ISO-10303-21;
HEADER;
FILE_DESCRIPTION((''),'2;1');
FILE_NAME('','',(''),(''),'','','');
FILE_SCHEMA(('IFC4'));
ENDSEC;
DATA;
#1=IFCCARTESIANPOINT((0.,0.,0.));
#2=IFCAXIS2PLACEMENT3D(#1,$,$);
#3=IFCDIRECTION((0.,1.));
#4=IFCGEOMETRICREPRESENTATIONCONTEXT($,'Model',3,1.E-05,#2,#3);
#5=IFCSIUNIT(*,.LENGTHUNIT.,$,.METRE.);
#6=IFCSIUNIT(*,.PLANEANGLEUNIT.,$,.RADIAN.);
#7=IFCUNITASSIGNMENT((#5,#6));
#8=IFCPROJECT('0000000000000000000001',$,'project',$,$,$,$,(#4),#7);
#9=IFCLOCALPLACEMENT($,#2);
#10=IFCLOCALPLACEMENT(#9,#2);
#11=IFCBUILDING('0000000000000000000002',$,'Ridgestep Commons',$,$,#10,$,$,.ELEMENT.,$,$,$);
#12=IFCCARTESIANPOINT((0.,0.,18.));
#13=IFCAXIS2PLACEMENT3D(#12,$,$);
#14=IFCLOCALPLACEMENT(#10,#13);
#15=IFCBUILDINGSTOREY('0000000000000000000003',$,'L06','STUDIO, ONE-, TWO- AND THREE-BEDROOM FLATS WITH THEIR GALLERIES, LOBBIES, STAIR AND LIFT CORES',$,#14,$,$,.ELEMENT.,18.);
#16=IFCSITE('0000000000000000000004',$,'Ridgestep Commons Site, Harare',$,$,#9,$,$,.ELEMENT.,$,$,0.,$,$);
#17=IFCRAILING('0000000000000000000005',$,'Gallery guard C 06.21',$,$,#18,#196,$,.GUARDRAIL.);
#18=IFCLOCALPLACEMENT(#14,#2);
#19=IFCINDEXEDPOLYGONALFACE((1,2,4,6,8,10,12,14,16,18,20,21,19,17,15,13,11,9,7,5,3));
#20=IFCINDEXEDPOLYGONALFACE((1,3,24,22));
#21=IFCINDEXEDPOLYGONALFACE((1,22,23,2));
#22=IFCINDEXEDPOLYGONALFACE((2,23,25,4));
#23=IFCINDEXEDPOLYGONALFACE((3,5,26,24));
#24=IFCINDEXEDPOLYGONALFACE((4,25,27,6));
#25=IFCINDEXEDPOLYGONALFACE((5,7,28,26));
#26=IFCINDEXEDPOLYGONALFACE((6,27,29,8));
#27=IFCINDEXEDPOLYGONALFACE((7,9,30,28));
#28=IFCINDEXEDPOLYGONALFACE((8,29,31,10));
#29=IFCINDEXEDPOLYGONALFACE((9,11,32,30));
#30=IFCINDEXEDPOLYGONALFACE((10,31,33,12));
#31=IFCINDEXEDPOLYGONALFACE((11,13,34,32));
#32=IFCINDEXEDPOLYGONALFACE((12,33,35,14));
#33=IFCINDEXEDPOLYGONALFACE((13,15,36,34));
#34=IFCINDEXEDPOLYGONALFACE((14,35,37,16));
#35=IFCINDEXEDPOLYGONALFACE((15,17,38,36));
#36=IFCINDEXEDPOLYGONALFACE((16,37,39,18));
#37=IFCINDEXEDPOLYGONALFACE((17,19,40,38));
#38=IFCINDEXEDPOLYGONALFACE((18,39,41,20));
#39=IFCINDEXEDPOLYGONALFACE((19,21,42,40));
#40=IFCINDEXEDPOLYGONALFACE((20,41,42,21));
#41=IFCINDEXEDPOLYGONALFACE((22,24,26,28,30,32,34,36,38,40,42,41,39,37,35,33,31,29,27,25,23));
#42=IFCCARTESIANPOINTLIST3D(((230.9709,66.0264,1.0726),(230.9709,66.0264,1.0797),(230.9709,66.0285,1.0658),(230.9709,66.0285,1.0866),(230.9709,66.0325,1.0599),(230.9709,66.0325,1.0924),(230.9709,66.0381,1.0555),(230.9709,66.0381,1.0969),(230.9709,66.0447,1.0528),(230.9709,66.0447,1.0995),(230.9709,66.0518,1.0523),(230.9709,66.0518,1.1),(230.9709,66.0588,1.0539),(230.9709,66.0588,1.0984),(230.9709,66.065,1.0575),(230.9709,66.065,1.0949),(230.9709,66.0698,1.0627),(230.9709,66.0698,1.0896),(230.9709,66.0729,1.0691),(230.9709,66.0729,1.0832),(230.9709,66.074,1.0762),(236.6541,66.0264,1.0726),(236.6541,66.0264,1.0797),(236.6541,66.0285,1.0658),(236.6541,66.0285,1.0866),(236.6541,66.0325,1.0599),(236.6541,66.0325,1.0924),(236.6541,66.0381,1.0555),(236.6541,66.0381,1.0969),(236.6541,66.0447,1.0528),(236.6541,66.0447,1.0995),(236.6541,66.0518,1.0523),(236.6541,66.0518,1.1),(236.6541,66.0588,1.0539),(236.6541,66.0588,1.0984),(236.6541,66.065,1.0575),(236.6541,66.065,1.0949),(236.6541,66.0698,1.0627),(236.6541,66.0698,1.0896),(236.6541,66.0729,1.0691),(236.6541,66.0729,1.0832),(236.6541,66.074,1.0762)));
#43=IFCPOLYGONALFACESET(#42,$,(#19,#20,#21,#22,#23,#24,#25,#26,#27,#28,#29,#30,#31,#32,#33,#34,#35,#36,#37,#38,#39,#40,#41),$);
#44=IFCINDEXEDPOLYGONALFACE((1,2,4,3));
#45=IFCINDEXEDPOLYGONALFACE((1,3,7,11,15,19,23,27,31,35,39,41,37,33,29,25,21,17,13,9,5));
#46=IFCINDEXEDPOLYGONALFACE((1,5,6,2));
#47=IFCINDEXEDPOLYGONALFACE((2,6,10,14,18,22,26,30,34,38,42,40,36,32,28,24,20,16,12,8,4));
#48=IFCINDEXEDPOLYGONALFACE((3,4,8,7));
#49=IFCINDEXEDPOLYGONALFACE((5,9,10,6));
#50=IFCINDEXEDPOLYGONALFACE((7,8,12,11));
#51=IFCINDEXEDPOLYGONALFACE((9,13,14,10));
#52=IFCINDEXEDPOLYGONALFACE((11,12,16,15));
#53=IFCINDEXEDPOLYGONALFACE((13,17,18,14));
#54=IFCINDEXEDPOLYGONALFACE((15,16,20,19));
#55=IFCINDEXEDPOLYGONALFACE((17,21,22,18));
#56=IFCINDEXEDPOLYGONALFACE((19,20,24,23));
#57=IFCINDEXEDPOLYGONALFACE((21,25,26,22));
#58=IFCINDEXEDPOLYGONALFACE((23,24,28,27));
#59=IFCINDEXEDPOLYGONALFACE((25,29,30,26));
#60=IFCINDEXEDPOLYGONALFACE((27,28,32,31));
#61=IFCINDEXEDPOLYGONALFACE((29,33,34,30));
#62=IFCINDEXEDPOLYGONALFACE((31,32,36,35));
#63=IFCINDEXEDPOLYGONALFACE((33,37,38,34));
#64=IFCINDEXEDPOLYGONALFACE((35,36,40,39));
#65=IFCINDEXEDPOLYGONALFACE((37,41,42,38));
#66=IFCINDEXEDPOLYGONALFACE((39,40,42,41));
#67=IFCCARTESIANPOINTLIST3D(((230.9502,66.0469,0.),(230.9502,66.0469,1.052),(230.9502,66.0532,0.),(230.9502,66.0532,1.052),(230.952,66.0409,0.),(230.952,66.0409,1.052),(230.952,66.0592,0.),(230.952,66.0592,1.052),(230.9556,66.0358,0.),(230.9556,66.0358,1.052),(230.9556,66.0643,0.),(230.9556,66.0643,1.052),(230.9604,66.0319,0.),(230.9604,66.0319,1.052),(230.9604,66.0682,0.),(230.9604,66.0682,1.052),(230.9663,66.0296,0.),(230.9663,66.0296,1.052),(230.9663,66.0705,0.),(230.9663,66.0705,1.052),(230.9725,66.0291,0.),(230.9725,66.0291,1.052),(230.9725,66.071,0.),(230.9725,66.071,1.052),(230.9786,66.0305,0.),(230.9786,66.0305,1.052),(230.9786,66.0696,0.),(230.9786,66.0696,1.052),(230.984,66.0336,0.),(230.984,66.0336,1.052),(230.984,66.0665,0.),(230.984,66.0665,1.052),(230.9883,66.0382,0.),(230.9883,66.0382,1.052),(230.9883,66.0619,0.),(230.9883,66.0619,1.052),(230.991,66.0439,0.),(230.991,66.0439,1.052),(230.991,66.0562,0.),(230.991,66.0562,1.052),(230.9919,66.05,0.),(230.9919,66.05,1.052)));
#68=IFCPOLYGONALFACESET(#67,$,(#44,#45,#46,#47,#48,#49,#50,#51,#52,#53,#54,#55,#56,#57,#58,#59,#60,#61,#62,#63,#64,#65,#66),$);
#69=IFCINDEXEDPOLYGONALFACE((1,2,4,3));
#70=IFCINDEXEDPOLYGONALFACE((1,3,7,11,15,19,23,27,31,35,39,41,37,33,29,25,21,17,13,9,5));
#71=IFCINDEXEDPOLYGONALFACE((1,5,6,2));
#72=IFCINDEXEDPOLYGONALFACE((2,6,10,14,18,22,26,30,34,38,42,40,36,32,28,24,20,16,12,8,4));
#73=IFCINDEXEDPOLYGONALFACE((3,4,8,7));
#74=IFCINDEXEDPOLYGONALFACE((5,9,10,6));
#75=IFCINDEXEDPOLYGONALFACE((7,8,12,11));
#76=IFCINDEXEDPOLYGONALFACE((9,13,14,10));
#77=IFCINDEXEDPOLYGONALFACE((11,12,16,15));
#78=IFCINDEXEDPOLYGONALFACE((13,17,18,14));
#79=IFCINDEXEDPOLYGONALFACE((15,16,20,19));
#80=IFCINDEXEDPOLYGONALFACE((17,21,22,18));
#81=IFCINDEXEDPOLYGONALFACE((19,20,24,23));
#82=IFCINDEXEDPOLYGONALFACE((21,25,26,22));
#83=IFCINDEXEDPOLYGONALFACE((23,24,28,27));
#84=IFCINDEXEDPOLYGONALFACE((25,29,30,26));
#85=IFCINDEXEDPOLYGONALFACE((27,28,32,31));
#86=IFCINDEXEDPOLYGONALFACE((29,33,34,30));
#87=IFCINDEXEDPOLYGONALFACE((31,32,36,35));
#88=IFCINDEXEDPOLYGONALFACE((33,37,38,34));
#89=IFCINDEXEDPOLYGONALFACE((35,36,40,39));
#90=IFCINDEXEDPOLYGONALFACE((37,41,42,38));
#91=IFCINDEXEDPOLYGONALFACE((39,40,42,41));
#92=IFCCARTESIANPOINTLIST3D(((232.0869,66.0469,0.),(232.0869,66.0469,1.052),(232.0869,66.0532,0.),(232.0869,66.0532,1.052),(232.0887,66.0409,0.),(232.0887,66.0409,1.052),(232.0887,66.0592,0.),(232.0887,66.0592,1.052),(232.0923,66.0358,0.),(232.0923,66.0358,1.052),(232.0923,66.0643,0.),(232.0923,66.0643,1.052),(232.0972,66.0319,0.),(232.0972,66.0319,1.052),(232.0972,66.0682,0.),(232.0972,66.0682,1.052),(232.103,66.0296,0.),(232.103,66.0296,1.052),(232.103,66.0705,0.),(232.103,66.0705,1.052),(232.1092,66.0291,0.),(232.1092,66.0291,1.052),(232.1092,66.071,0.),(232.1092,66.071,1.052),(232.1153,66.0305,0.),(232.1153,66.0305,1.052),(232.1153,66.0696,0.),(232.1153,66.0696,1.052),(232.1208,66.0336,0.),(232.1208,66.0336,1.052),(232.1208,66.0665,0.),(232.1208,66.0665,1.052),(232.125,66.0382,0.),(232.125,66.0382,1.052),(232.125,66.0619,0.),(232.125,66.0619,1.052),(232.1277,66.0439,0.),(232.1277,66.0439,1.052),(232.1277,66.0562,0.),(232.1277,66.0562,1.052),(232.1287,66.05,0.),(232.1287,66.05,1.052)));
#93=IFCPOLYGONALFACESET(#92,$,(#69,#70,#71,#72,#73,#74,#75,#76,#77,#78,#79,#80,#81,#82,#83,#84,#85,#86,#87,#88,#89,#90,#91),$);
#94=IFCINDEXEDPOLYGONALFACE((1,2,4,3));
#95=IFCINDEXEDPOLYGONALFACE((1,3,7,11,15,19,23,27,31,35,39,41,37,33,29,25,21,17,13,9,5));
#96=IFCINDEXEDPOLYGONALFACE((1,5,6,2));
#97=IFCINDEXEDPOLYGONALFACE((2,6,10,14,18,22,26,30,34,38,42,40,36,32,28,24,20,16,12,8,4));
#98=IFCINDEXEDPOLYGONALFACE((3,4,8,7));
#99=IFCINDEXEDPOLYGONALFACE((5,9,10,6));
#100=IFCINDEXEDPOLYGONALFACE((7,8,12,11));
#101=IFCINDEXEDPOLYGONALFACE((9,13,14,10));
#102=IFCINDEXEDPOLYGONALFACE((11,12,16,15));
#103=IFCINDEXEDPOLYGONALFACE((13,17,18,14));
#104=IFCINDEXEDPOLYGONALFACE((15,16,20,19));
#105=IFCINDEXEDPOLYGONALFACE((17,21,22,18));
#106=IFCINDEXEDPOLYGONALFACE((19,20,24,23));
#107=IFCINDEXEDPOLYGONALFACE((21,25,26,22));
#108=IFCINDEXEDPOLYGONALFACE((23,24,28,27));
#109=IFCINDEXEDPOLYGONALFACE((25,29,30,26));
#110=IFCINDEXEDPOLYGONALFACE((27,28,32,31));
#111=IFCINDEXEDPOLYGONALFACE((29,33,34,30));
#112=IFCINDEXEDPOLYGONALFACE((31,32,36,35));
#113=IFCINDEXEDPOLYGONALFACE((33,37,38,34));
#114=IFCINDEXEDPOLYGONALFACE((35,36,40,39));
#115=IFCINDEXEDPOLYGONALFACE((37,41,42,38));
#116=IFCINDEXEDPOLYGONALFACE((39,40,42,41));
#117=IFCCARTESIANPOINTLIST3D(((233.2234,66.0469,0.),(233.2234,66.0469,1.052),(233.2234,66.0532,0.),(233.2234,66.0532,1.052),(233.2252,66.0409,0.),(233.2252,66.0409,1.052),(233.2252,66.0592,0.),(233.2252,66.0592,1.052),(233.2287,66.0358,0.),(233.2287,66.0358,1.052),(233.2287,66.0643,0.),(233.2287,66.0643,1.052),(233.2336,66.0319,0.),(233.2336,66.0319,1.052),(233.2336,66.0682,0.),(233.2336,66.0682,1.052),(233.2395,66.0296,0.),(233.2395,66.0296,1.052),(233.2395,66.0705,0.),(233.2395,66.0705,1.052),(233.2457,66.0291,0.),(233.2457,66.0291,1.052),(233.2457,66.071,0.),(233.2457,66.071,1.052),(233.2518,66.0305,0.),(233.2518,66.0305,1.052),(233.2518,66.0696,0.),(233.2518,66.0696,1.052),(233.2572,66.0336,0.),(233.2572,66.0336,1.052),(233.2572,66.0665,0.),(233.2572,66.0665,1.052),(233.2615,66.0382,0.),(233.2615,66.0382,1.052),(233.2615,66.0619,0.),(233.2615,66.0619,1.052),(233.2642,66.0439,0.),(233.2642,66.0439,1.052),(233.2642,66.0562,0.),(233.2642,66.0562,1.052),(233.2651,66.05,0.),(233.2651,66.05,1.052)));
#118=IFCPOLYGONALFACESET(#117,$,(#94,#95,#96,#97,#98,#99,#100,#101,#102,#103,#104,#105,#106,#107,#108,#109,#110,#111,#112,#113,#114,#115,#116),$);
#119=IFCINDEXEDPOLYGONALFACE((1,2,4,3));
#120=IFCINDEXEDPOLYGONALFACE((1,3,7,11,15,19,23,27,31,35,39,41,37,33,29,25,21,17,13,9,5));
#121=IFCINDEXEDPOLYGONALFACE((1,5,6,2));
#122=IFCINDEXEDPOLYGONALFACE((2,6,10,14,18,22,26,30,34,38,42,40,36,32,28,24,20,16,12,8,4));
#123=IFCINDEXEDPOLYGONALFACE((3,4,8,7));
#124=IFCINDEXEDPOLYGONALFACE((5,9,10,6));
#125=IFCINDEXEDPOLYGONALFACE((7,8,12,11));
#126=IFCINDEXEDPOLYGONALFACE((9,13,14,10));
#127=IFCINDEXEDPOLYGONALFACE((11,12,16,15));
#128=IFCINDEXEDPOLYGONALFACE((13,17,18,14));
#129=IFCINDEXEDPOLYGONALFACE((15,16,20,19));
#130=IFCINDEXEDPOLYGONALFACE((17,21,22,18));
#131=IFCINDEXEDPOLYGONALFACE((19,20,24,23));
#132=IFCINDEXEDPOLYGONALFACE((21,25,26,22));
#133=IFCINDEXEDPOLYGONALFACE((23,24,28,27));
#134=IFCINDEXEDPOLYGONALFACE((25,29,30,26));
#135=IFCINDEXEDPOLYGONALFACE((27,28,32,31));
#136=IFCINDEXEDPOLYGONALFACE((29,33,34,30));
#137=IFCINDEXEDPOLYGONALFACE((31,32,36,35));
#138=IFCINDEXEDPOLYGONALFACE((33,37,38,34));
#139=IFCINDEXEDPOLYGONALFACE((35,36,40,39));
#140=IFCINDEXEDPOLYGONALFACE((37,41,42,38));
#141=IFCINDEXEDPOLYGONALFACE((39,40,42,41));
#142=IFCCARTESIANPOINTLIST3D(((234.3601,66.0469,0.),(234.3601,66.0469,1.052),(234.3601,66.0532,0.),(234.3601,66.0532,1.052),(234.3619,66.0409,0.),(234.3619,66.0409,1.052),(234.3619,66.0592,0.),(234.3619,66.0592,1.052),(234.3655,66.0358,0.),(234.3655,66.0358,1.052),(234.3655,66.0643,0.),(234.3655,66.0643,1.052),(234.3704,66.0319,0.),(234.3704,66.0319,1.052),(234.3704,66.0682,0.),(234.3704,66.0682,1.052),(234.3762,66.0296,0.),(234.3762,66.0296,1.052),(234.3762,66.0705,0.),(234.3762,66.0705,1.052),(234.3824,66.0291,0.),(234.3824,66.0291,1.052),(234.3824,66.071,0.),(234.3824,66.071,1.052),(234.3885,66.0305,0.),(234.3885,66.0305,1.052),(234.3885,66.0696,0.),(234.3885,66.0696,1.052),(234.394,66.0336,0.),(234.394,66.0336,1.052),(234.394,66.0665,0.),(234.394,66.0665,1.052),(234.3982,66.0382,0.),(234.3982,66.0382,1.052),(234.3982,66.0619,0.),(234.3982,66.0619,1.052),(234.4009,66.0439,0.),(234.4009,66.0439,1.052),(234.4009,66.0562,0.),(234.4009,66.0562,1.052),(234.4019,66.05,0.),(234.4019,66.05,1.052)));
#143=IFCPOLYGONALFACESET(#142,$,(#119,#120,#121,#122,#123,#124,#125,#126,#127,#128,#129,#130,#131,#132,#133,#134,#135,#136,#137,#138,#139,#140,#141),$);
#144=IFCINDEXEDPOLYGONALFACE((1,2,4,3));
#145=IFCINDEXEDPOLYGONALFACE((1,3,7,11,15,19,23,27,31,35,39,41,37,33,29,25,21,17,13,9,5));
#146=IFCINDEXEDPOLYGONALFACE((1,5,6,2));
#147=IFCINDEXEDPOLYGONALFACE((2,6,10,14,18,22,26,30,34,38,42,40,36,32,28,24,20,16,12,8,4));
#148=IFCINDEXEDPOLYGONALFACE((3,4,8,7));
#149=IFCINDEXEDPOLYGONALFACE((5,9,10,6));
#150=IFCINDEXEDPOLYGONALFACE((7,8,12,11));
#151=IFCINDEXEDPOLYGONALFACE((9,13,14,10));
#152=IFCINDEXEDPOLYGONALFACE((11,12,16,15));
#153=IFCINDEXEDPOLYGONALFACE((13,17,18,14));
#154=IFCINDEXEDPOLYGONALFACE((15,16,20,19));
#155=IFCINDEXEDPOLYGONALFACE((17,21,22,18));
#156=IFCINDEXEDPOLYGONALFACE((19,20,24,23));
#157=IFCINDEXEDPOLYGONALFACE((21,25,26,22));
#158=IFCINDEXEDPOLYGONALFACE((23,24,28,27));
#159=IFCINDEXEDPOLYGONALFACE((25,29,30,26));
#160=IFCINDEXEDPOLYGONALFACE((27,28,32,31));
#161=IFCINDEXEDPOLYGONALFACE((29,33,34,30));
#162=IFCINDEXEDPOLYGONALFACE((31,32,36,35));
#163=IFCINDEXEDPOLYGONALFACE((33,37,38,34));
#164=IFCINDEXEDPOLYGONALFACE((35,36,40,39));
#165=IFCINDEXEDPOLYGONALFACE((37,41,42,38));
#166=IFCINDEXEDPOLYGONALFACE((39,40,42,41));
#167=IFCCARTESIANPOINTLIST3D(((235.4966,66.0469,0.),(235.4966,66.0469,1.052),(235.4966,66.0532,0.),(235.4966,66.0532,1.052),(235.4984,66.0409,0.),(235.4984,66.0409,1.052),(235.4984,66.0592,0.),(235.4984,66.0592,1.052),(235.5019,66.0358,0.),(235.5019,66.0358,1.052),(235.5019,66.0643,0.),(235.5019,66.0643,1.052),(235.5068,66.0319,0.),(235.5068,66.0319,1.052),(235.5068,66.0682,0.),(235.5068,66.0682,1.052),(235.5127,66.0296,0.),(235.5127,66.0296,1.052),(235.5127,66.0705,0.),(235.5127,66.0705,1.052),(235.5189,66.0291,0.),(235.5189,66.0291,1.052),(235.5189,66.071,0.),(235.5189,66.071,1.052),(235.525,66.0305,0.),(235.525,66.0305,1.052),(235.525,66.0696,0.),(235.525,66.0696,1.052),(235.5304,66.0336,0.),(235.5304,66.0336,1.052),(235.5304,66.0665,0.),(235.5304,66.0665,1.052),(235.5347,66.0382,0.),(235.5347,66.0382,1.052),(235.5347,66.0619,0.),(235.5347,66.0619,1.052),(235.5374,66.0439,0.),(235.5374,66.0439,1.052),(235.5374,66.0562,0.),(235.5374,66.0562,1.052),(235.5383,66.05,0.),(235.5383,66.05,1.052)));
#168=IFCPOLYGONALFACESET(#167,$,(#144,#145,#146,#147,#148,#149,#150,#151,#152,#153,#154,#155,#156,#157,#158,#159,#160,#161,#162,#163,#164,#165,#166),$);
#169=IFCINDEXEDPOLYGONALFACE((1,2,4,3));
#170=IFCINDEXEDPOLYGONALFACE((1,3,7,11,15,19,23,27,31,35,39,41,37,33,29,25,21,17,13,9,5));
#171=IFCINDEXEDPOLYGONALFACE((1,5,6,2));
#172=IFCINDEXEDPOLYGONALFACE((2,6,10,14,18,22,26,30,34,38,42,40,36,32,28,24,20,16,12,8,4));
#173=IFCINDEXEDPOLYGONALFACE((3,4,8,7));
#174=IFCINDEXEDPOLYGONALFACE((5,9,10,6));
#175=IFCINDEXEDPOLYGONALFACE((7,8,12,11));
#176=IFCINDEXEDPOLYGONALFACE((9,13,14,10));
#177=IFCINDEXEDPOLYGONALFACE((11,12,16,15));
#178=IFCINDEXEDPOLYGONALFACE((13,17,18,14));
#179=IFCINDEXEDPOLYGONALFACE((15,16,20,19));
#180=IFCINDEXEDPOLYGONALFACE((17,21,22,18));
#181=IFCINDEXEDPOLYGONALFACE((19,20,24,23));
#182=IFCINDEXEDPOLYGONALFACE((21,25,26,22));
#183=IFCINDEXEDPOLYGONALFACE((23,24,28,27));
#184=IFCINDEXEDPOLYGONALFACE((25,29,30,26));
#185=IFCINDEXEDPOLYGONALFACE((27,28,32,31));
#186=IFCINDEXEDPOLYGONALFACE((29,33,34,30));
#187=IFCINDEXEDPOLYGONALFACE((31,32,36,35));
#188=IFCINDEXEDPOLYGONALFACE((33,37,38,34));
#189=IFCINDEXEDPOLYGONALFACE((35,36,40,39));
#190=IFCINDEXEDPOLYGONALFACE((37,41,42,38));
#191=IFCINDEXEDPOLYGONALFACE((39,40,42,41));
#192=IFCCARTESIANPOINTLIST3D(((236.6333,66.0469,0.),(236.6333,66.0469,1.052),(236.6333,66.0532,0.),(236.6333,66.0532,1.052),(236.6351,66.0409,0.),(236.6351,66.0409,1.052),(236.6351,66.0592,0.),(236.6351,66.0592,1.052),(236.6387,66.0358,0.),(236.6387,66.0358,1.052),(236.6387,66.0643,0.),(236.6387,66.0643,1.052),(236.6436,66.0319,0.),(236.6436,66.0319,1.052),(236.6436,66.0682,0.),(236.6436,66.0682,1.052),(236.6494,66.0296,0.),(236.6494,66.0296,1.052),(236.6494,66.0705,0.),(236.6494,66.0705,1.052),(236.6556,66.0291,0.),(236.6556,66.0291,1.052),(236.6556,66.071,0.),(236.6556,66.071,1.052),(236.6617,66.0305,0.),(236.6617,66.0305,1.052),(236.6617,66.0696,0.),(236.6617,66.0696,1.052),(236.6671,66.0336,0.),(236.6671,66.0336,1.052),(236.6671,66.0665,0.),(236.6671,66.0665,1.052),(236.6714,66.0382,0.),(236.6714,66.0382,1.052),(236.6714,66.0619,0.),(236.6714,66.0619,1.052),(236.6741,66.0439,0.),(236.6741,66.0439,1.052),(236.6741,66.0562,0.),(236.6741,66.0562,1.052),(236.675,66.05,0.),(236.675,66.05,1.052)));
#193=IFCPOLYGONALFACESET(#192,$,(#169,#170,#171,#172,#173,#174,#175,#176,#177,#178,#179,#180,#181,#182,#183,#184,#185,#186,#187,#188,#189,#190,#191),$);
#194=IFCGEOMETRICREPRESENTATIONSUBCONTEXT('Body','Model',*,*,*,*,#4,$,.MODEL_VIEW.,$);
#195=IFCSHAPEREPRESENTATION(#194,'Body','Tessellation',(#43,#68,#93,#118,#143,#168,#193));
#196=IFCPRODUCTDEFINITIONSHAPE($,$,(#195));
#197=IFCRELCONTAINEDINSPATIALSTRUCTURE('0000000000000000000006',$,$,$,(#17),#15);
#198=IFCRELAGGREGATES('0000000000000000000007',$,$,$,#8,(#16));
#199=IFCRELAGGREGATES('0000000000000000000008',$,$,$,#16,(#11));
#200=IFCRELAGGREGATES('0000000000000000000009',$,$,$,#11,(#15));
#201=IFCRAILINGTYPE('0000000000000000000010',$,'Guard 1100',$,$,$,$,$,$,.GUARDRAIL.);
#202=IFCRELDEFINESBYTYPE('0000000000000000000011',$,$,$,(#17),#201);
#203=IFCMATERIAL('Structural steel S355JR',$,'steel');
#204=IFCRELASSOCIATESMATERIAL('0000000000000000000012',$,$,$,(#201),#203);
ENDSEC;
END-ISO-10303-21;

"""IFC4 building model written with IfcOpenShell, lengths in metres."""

from ifc_helpers import new_model, si_unit, direction, frame, origin, origin_2d, place, context, subcontext, project, spatial, circle, extrude, material, type_object, element, save


model = new_model("IFC4")

# Units and contexts
model_context = context("Model", 3, precision=1e-05, world=origin(), true_north=direction((0.0, 1.0)))
body_context = subcontext(model_context, "Body", "Model", "MODEL_VIEW")
ifc_project = project(units=[si_unit("LENGTHUNIT", "METRE"), si_unit("PLANEANGLEUNIT", "RADIAN")], contexts=[model_context])

# Site, building, storey
site_placement = place(None, origin())
site = spatial("IfcSite", under=ifc_project, at=site_placement, Name="Ridgestep Commons Site, Harare", CompositionType="ELEMENT", RefElevation=0.0)
building_placement = place(site_placement, origin())
building = spatial("IfcBuilding", under=site, at=building_placement, Name="Ridgestep Commons", CompositionType="ELEMENT")
storey_placement = place(building_placement, frame((0.0, 0.0, 18.0)))
storey = spatial("IfcBuildingStorey", under=building, at=storey_placement, Name="L06", Description="STUDIO, ONE-, TWO- AND THREE-BEDROOM FLATS WITH THEIR GALLERIES, LOBBIES, STAIR AND LIFT CORES", CompositionType="ELEMENT", Elevation=18.0)

# Railing
ifc_material_1 = material(Name="Structural steel S355JR", Category="steel")
railing_type_1 = type_object("IfcRailingType", Name="Guard 1100", PredefinedType="GUARDRAIL", material=ifc_material_1)
railing_1_placement = place(storey_placement, frame((230.9709, 66.05, 0.0)))
element("IfcRailing", 1, at=railing_1_placement, inside=storey, type_object=railing_type_1, Name="Gallery guard C 06.21", PredefinedType="GUARDRAIL", context=body_context, shape_type="SweptSolid", body=[
    extrude(circle(Radius=0.0239, at=origin_2d()), frame((0.0, 0.0, 1.0762), z_axis=(1.0, 0.0, 0.0), x_axis=(0.0, 1.0, 0.0)), (0.0, 0.0, 1.0), 5.6831),
    extrude(circle(Radius=0.021, at=origin_2d()), origin(), (0.0, 0.0, 1.0), 1.052),
    extrude(circle(Radius=0.021, at=origin_2d()), frame((1.1367, 0.0, 0.0)), (0.0, 0.0, 1.0), 1.052),
    extrude(circle(Radius=0.021, at=origin_2d()), frame((2.2732, 0.0, 0.0)), (0.0, 0.0, 1.0), 1.052),
    extrude(circle(Radius=0.021, at=origin_2d()), frame((3.4099, 0.0, 0.0)), (0.0, 0.0, 1.0), 1.052),
    extrude(circle(Radius=0.021, at=origin_2d()), frame((4.5464, 0.0, 0.0)), (0.0, 0.0, 1.0), 1.052),
    extrude(circle(Radius=0.021, at=origin_2d()), frame((5.6831, 0.0, 0.0)), (0.0, 0.0, 1.0), 1.052),
])

save(model, "model.ifc")
